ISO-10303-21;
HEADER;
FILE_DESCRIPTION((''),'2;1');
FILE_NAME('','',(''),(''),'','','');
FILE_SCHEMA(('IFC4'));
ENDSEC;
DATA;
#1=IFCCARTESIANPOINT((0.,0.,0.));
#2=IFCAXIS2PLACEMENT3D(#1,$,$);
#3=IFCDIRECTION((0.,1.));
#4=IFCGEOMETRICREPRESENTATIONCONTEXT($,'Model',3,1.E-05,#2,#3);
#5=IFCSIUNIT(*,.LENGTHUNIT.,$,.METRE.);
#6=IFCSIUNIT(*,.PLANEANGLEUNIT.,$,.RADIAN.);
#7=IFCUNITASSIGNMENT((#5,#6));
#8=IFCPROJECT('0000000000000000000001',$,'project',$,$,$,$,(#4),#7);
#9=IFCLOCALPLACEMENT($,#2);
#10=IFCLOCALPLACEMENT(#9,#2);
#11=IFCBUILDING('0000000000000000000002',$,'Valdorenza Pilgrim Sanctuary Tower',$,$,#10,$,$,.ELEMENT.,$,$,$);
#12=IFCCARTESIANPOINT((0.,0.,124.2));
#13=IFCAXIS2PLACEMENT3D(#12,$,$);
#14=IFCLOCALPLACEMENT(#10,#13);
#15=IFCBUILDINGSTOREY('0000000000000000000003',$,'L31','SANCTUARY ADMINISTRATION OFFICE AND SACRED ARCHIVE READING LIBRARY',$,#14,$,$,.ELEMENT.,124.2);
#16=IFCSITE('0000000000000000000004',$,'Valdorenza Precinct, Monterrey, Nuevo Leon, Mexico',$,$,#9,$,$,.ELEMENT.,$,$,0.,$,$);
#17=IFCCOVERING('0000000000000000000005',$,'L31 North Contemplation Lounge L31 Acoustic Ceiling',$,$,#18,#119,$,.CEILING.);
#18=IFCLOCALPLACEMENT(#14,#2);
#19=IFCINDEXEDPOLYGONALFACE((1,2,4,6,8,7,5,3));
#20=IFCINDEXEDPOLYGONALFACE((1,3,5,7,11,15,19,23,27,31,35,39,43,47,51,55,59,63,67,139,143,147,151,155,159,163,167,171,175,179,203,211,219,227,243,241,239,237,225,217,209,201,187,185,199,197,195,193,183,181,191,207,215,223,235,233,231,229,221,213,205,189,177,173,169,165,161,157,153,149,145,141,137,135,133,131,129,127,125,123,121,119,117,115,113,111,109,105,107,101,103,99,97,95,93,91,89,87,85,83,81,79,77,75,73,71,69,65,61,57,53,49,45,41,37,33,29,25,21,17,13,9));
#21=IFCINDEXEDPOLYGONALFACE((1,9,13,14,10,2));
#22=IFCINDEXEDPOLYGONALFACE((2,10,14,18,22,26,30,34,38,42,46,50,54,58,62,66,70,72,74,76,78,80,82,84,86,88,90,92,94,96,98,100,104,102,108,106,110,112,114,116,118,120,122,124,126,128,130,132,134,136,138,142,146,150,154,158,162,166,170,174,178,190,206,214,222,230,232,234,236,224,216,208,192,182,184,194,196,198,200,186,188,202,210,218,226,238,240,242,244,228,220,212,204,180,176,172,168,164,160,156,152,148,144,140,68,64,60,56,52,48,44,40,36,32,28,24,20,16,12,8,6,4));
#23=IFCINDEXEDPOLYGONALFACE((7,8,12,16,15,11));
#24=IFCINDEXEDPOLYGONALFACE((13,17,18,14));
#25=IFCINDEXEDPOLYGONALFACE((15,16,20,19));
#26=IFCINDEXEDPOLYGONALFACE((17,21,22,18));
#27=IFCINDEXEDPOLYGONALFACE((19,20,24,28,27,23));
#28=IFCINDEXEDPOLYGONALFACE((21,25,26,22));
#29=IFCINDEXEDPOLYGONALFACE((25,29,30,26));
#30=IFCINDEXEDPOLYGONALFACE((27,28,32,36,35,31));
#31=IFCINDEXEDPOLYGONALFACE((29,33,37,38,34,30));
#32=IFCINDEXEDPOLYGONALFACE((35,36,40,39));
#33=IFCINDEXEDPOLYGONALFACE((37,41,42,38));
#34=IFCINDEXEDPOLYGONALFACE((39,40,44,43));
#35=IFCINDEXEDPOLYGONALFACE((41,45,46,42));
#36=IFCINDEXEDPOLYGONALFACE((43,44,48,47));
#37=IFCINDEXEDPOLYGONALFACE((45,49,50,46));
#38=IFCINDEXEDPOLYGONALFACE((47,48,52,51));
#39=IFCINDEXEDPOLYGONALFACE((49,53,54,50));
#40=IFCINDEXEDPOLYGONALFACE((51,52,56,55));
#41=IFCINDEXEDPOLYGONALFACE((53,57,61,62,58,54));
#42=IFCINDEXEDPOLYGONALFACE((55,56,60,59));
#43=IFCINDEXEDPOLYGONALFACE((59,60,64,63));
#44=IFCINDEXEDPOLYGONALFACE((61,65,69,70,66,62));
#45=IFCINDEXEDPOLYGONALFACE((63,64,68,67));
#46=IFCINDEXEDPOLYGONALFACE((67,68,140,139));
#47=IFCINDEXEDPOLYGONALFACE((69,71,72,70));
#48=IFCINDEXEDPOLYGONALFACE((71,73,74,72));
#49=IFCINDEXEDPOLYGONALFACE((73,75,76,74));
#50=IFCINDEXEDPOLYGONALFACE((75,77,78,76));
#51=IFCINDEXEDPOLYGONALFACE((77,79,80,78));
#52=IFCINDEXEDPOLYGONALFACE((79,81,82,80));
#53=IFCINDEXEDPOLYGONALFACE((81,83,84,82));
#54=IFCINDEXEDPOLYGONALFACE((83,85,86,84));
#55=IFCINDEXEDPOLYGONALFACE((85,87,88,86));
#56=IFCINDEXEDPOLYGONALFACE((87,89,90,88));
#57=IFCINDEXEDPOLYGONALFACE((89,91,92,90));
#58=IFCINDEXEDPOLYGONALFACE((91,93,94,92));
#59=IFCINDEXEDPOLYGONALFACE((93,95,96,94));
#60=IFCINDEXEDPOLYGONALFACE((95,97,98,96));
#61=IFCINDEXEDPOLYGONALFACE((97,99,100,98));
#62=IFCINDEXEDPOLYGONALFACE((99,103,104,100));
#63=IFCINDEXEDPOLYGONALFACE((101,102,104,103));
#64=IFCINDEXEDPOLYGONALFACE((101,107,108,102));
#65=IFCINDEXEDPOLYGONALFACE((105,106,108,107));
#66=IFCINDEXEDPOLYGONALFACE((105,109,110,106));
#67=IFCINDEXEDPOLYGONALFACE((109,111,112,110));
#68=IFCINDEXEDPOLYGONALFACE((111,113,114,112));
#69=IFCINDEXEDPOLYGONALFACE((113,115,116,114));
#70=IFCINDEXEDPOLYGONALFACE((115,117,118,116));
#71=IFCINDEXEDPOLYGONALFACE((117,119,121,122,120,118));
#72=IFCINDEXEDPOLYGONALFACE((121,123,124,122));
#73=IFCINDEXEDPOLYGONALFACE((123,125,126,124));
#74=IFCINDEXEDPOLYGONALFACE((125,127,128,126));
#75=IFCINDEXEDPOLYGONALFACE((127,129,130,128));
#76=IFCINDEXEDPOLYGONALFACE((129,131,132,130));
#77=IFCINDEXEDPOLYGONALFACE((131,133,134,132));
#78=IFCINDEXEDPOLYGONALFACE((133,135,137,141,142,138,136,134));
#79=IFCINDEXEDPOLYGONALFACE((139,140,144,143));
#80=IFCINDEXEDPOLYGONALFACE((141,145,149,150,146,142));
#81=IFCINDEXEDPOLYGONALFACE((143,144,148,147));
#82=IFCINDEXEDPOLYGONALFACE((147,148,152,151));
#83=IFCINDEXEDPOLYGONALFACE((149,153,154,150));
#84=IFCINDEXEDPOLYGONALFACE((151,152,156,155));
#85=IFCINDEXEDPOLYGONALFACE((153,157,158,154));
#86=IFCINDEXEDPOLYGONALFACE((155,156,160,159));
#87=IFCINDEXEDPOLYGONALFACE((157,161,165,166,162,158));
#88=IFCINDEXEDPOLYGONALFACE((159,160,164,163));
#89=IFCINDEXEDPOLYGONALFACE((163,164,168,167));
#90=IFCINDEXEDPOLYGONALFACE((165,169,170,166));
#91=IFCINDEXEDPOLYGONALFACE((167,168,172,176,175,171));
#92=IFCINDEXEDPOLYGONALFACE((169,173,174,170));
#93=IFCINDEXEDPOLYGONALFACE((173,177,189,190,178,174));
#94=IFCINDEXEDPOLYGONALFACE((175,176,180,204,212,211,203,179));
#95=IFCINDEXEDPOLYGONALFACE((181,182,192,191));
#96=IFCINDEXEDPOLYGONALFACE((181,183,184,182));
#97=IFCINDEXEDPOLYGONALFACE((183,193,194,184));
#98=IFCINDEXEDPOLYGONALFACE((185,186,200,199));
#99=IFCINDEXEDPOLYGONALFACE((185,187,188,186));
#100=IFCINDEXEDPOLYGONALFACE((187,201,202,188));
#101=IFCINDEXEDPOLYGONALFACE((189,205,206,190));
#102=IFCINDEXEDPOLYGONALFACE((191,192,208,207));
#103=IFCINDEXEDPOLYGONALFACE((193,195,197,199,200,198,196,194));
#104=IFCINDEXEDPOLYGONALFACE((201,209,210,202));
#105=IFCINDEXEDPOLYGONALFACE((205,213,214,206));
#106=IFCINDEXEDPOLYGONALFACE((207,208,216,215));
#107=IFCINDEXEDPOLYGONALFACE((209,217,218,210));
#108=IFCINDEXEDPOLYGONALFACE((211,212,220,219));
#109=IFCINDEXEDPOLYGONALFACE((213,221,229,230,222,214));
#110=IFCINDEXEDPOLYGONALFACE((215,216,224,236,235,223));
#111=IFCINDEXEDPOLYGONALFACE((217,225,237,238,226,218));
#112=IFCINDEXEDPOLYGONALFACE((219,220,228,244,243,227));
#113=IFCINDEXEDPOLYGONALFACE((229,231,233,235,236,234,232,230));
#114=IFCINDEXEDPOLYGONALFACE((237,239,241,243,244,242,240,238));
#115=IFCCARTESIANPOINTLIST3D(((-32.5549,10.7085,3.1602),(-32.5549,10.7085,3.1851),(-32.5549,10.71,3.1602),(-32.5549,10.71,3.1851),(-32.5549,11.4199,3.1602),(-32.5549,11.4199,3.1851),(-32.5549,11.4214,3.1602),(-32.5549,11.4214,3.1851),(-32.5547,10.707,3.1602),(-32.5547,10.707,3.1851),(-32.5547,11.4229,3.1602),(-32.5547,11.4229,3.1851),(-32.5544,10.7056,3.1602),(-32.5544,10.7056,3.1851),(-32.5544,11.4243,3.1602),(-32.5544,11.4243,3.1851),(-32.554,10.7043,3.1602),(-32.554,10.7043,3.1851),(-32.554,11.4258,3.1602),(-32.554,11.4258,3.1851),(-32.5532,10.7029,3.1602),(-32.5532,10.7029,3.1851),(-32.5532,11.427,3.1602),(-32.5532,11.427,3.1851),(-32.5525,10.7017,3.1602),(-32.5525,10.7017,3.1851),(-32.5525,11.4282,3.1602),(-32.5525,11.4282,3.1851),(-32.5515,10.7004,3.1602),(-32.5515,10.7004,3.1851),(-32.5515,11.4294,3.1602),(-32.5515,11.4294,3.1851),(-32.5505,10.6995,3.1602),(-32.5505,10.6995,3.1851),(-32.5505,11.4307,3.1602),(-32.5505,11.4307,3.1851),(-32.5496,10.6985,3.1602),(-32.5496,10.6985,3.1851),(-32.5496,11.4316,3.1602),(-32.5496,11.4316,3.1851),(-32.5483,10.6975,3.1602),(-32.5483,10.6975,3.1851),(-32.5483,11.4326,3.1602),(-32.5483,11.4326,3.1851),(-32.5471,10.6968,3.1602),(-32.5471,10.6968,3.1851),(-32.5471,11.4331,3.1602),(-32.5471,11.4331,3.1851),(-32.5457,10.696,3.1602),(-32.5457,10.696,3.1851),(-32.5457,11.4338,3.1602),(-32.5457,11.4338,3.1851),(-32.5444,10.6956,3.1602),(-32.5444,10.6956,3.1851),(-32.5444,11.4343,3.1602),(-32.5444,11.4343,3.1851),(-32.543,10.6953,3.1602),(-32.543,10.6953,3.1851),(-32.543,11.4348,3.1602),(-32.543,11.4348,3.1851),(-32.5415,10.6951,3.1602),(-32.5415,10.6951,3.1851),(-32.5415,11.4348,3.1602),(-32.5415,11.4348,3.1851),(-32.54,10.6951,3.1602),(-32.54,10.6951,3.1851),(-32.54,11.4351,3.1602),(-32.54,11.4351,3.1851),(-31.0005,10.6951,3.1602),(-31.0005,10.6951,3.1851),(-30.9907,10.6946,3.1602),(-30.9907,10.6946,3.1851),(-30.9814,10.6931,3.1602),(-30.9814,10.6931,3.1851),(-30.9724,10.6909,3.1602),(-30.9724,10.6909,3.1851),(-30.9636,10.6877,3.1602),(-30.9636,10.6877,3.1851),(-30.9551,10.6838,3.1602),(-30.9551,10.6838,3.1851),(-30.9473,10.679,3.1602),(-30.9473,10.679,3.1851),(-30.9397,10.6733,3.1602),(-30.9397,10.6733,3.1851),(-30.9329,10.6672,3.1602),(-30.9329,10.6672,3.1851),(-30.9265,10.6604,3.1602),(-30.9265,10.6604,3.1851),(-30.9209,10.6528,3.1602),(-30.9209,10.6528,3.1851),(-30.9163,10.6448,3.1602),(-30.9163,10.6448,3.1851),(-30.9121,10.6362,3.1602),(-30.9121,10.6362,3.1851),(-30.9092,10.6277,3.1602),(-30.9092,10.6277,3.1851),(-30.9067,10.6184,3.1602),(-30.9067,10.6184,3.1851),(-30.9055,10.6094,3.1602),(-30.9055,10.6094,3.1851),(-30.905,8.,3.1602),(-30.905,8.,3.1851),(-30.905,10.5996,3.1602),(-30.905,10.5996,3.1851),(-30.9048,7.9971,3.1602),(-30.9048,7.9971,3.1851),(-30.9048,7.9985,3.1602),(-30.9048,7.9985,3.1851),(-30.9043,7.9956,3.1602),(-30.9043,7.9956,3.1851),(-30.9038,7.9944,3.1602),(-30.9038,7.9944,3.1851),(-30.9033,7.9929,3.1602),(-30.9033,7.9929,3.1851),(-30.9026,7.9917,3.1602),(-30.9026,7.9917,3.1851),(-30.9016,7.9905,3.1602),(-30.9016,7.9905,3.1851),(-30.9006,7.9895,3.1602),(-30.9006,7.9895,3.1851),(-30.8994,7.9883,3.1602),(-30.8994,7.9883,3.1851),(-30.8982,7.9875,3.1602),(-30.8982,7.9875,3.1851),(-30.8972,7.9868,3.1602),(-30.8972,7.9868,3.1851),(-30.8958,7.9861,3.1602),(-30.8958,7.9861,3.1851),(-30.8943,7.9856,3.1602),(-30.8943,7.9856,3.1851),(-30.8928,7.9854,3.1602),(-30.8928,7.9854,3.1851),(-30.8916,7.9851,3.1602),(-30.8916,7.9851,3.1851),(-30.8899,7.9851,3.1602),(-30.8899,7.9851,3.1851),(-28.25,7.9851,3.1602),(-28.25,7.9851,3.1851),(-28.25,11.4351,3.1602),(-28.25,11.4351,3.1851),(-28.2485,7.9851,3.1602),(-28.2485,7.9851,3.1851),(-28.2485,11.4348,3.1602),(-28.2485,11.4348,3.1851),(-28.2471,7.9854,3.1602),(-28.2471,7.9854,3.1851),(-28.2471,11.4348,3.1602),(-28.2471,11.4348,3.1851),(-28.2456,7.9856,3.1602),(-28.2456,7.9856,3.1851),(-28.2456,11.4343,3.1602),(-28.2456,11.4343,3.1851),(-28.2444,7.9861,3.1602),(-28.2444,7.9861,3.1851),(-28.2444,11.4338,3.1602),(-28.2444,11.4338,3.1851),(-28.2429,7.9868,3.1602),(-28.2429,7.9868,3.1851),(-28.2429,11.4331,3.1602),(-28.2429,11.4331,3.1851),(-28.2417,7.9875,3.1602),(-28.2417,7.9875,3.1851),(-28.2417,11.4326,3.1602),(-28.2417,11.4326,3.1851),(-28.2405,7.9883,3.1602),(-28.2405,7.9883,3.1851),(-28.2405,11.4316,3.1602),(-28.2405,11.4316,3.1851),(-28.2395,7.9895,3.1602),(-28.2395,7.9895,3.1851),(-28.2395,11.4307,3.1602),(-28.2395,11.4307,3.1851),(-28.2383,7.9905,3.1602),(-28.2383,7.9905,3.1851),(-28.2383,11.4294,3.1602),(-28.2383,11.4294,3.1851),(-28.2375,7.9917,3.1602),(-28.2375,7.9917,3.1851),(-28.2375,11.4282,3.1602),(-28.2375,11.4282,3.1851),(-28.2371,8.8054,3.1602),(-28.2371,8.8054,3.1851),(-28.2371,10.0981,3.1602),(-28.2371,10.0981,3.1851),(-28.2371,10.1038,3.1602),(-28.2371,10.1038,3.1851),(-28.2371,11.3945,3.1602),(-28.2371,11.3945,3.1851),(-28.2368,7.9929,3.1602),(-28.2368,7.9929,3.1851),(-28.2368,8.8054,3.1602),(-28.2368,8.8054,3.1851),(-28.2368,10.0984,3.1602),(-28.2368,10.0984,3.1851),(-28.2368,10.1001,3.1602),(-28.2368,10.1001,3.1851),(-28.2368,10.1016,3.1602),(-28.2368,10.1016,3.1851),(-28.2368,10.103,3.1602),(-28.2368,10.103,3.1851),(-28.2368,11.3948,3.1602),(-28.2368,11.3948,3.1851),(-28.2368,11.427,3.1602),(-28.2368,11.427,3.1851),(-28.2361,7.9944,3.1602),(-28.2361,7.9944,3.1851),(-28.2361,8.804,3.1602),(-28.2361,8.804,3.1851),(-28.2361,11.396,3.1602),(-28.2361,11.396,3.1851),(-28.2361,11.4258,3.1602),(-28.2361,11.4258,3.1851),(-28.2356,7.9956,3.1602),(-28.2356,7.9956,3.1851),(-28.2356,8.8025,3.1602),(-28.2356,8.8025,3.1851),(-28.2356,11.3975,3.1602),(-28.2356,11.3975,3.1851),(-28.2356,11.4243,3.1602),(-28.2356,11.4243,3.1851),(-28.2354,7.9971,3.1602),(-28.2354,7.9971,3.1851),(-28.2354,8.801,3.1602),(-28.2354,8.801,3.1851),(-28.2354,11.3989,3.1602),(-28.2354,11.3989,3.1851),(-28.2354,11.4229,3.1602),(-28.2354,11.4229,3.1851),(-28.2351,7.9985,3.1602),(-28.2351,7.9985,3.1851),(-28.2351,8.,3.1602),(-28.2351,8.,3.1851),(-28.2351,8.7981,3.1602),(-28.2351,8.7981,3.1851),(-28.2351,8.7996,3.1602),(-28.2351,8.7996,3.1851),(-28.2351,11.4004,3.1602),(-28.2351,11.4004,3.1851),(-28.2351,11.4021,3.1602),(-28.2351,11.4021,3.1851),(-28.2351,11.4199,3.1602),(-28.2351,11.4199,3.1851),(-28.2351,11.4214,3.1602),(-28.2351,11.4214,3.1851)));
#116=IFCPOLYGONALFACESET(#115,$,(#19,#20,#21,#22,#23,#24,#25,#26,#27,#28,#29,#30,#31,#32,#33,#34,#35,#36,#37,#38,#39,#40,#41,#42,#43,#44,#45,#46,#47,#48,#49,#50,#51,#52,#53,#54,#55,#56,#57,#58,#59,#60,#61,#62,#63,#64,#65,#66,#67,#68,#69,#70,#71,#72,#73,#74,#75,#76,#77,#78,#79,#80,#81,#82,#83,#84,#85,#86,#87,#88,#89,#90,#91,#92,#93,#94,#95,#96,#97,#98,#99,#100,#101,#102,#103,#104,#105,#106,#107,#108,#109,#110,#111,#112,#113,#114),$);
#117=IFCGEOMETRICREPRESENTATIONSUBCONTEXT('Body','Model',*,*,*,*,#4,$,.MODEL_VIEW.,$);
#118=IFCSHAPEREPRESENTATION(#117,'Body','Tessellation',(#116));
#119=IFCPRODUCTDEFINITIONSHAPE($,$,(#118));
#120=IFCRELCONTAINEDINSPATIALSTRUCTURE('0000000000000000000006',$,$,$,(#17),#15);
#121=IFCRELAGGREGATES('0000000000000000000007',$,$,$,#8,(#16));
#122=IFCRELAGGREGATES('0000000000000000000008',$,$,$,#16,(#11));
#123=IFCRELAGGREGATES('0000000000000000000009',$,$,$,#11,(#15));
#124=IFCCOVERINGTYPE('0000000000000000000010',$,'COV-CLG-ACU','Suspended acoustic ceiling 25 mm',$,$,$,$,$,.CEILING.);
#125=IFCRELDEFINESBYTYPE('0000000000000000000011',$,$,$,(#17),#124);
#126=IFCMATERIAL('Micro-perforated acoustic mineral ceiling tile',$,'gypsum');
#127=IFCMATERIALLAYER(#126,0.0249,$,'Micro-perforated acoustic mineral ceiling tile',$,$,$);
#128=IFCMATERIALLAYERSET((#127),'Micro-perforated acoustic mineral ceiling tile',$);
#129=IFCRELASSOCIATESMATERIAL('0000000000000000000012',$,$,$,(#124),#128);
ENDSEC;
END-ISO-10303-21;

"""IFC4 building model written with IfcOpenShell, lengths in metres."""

from ifc_helpers import new_model, si_unit, direction, frame, origin, place, context, subcontext, project, spatial, polyline, outline, extrude, material, layer, layer_set, type_object, element, save


model = new_model("IFC4")

# Units and contexts
model_context = context("Model", 3, precision=1e-05, world=origin(), true_north=direction((0.0, 1.0)))
body_context = subcontext(model_context, "Body", "Model", "MODEL_VIEW")
ifc_project = project(units=[si_unit("LENGTHUNIT", "METRE"), si_unit("PLANEANGLEUNIT", "RADIAN")], contexts=[model_context])

# Site, building, storey
site_placement = place(None, origin())
site = spatial("IfcSite", under=ifc_project, at=site_placement, Name="Valdorenza Precinct, Monterrey, Nuevo Leon, Mexico", CompositionType="ELEMENT", RefElevation=0.0)
building_placement = place(site_placement, origin())
building = spatial("IfcBuilding", under=site, at=building_placement, Name="Valdorenza Pilgrim Sanctuary Tower", CompositionType="ELEMENT")
storey_placement = place(building_placement, frame((0.0, 0.0, 124.2)))
storey = spatial("IfcBuildingStorey", under=building, at=storey_placement, Name="L31", Description="SANCTUARY ADMINISTRATION OFFICE AND SACRED ARCHIVE READING LIBRARY", CompositionType="ELEMENT", Elevation=124.2)

# Covering
ifc_material_1 = material(Name="Micro-perforated acoustic mineral ceiling tile", Category="gypsum")
ifc_layer_1 = layer(ifc_material_1, 0.0249, Name="Micro-perforated acoustic mineral ceiling tile")
ifc_layer_set_1 = layer_set([ifc_layer_1], Name="Micro-perforated acoustic mineral ceiling tile")
covering_type_1 = type_object("IfcCoveringType", Name="COV-CLG-ACU", Description="Suspended acoustic ceiling 25 mm", PredefinedType="CEILING", material=ifc_layer_set_1)
covering_1_placement = place(storey_placement, frame((0.0, 0.0, 3.1602)))
element("IfcCovering", 1, at=covering_1_placement, inside=storey, type_object=covering_type_1, Name="L31 North Contemplation Lounge L31 Acoustic Ceiling", PredefinedType="CEILING", context=body_context, shape_type="SweptSolid", body=[
    extrude(outline(polyline([(-28.2371, 8.8054), (-28.2368, 8.8054), (-28.2361, 8.804), (-28.2356, 8.8025), (-28.2354, 8.801), (-28.2351, 8.7996), (-28.2351, 8.7981), (-28.2351, 8.0), (-28.2351, 7.9985), (-28.2354, 7.9971), (-28.2356, 7.9956), (-28.2361, 7.9944), (-28.2368, 7.9929), (-28.2375, 7.9917), (-28.2383, 7.9905), (-28.2395, 7.9895), (-28.2405, 7.9883), (-28.2417, 7.9875), (-28.2429, 7.9868), (-28.2444, 7.9861), (-28.2456, 7.9856), (-28.2471, 7.9854), (-28.2485, 7.9851), (-28.25, 7.9851), (-30.8899, 7.9851), (-30.8916, 7.9851), (-30.8928, 7.9854), (-30.8943, 7.9856), (-30.8958, 7.9861), (-30.8972, 7.9868), (-30.8982, 7.9875), (-30.8994, 7.9883), (-30.9006, 7.9895), (-30.9016, 7.9905), (-30.9026, 7.9917), (-30.9033, 7.9929), (-30.9038, 7.9944), (-30.9043, 7.9956), (-30.9048, 7.9971), (-30.9048, 7.9985), (-30.905, 8.0), (-30.905, 10.5996), (-30.9055, 10.6094), (-30.9067, 10.6184), (-30.9092, 10.6277), (-30.9121, 10.6362), (-30.9163, 10.6448), (-30.9209, 10.6528), (-30.9265, 10.6604), (-30.9329, 10.6672), (-30.9397, 10.6733), (-30.9473, 10.679), (-30.9551, 10.6838), (-30.9636, 10.6877), (-30.9724, 10.6909), (-30.9814, 10.6931), (-30.9907, 10.6946), (-31.0005, 10.6951), (-32.54, 10.6951), (-32.5415, 10.6951), (-32.543, 10.6953), (-32.5444, 10.6956), (-32.5457, 10.696), (-32.5471, 10.6968), (-32.5483, 10.6975), (-32.5496, 10.6985), (-32.5505, 10.6995), (-32.5515, 10.7004), (-32.5525, 10.7017), (-32.5532, 10.7029), (-32.554, 10.7043), (-32.5544, 10.7056), (-32.5547, 10.707), (-32.5549, 10.7085), (-32.5549, 10.71), (-32.5549, 11.4199), (-32.5549, 11.4214), (-32.5547, 11.4229), (-32.5544, 11.4243), (-32.554, 11.4258), (-32.5532, 11.427), (-32.5525, 11.4282), (-32.5515, 11.4294), (-32.5505, 11.4307), (-32.5496, 11.4316), (-32.5483, 11.4326), (-32.5471, 11.4331), (-32.5457, 11.4338), (-32.5444, 11.4343), (-32.543, 11.4348), (-32.5415, 11.4348), (-32.54, 11.4351), (-28.25, 11.4351), (-28.2485, 11.4348), (-28.2471, 11.4348), (-28.2456, 11.4343), (-28.2444, 11.4338), (-28.2429, 11.4331), (-28.2417, 11.4326), (-28.2405, 11.4316), (-28.2395, 11.4307), (-28.2383, 11.4294), (-28.2375, 11.4282), (-28.2368, 11.427), (-28.2361, 11.4258), (-28.2356, 11.4243), (-28.2354, 11.4229), (-28.2351, 11.4214), (-28.2351, 11.4199), (-28.2351, 11.4021), (-28.2351, 11.4004), (-28.2354, 11.3989), (-28.2356, 11.3975), (-28.2361, 11.396), (-28.2368, 11.3948), (-28.2371, 11.3945), (-28.2371, 10.1038), (-28.2368, 10.103), (-28.2368, 10.1016), (-28.2368, 10.1001), (-28.2368, 10.0984), (-28.2371, 10.0981), (-28.2371, 8.8054)])), origin(), (0.0, 0.0, 1.0), 0.0249),
])

save(model, "model.ifc")
